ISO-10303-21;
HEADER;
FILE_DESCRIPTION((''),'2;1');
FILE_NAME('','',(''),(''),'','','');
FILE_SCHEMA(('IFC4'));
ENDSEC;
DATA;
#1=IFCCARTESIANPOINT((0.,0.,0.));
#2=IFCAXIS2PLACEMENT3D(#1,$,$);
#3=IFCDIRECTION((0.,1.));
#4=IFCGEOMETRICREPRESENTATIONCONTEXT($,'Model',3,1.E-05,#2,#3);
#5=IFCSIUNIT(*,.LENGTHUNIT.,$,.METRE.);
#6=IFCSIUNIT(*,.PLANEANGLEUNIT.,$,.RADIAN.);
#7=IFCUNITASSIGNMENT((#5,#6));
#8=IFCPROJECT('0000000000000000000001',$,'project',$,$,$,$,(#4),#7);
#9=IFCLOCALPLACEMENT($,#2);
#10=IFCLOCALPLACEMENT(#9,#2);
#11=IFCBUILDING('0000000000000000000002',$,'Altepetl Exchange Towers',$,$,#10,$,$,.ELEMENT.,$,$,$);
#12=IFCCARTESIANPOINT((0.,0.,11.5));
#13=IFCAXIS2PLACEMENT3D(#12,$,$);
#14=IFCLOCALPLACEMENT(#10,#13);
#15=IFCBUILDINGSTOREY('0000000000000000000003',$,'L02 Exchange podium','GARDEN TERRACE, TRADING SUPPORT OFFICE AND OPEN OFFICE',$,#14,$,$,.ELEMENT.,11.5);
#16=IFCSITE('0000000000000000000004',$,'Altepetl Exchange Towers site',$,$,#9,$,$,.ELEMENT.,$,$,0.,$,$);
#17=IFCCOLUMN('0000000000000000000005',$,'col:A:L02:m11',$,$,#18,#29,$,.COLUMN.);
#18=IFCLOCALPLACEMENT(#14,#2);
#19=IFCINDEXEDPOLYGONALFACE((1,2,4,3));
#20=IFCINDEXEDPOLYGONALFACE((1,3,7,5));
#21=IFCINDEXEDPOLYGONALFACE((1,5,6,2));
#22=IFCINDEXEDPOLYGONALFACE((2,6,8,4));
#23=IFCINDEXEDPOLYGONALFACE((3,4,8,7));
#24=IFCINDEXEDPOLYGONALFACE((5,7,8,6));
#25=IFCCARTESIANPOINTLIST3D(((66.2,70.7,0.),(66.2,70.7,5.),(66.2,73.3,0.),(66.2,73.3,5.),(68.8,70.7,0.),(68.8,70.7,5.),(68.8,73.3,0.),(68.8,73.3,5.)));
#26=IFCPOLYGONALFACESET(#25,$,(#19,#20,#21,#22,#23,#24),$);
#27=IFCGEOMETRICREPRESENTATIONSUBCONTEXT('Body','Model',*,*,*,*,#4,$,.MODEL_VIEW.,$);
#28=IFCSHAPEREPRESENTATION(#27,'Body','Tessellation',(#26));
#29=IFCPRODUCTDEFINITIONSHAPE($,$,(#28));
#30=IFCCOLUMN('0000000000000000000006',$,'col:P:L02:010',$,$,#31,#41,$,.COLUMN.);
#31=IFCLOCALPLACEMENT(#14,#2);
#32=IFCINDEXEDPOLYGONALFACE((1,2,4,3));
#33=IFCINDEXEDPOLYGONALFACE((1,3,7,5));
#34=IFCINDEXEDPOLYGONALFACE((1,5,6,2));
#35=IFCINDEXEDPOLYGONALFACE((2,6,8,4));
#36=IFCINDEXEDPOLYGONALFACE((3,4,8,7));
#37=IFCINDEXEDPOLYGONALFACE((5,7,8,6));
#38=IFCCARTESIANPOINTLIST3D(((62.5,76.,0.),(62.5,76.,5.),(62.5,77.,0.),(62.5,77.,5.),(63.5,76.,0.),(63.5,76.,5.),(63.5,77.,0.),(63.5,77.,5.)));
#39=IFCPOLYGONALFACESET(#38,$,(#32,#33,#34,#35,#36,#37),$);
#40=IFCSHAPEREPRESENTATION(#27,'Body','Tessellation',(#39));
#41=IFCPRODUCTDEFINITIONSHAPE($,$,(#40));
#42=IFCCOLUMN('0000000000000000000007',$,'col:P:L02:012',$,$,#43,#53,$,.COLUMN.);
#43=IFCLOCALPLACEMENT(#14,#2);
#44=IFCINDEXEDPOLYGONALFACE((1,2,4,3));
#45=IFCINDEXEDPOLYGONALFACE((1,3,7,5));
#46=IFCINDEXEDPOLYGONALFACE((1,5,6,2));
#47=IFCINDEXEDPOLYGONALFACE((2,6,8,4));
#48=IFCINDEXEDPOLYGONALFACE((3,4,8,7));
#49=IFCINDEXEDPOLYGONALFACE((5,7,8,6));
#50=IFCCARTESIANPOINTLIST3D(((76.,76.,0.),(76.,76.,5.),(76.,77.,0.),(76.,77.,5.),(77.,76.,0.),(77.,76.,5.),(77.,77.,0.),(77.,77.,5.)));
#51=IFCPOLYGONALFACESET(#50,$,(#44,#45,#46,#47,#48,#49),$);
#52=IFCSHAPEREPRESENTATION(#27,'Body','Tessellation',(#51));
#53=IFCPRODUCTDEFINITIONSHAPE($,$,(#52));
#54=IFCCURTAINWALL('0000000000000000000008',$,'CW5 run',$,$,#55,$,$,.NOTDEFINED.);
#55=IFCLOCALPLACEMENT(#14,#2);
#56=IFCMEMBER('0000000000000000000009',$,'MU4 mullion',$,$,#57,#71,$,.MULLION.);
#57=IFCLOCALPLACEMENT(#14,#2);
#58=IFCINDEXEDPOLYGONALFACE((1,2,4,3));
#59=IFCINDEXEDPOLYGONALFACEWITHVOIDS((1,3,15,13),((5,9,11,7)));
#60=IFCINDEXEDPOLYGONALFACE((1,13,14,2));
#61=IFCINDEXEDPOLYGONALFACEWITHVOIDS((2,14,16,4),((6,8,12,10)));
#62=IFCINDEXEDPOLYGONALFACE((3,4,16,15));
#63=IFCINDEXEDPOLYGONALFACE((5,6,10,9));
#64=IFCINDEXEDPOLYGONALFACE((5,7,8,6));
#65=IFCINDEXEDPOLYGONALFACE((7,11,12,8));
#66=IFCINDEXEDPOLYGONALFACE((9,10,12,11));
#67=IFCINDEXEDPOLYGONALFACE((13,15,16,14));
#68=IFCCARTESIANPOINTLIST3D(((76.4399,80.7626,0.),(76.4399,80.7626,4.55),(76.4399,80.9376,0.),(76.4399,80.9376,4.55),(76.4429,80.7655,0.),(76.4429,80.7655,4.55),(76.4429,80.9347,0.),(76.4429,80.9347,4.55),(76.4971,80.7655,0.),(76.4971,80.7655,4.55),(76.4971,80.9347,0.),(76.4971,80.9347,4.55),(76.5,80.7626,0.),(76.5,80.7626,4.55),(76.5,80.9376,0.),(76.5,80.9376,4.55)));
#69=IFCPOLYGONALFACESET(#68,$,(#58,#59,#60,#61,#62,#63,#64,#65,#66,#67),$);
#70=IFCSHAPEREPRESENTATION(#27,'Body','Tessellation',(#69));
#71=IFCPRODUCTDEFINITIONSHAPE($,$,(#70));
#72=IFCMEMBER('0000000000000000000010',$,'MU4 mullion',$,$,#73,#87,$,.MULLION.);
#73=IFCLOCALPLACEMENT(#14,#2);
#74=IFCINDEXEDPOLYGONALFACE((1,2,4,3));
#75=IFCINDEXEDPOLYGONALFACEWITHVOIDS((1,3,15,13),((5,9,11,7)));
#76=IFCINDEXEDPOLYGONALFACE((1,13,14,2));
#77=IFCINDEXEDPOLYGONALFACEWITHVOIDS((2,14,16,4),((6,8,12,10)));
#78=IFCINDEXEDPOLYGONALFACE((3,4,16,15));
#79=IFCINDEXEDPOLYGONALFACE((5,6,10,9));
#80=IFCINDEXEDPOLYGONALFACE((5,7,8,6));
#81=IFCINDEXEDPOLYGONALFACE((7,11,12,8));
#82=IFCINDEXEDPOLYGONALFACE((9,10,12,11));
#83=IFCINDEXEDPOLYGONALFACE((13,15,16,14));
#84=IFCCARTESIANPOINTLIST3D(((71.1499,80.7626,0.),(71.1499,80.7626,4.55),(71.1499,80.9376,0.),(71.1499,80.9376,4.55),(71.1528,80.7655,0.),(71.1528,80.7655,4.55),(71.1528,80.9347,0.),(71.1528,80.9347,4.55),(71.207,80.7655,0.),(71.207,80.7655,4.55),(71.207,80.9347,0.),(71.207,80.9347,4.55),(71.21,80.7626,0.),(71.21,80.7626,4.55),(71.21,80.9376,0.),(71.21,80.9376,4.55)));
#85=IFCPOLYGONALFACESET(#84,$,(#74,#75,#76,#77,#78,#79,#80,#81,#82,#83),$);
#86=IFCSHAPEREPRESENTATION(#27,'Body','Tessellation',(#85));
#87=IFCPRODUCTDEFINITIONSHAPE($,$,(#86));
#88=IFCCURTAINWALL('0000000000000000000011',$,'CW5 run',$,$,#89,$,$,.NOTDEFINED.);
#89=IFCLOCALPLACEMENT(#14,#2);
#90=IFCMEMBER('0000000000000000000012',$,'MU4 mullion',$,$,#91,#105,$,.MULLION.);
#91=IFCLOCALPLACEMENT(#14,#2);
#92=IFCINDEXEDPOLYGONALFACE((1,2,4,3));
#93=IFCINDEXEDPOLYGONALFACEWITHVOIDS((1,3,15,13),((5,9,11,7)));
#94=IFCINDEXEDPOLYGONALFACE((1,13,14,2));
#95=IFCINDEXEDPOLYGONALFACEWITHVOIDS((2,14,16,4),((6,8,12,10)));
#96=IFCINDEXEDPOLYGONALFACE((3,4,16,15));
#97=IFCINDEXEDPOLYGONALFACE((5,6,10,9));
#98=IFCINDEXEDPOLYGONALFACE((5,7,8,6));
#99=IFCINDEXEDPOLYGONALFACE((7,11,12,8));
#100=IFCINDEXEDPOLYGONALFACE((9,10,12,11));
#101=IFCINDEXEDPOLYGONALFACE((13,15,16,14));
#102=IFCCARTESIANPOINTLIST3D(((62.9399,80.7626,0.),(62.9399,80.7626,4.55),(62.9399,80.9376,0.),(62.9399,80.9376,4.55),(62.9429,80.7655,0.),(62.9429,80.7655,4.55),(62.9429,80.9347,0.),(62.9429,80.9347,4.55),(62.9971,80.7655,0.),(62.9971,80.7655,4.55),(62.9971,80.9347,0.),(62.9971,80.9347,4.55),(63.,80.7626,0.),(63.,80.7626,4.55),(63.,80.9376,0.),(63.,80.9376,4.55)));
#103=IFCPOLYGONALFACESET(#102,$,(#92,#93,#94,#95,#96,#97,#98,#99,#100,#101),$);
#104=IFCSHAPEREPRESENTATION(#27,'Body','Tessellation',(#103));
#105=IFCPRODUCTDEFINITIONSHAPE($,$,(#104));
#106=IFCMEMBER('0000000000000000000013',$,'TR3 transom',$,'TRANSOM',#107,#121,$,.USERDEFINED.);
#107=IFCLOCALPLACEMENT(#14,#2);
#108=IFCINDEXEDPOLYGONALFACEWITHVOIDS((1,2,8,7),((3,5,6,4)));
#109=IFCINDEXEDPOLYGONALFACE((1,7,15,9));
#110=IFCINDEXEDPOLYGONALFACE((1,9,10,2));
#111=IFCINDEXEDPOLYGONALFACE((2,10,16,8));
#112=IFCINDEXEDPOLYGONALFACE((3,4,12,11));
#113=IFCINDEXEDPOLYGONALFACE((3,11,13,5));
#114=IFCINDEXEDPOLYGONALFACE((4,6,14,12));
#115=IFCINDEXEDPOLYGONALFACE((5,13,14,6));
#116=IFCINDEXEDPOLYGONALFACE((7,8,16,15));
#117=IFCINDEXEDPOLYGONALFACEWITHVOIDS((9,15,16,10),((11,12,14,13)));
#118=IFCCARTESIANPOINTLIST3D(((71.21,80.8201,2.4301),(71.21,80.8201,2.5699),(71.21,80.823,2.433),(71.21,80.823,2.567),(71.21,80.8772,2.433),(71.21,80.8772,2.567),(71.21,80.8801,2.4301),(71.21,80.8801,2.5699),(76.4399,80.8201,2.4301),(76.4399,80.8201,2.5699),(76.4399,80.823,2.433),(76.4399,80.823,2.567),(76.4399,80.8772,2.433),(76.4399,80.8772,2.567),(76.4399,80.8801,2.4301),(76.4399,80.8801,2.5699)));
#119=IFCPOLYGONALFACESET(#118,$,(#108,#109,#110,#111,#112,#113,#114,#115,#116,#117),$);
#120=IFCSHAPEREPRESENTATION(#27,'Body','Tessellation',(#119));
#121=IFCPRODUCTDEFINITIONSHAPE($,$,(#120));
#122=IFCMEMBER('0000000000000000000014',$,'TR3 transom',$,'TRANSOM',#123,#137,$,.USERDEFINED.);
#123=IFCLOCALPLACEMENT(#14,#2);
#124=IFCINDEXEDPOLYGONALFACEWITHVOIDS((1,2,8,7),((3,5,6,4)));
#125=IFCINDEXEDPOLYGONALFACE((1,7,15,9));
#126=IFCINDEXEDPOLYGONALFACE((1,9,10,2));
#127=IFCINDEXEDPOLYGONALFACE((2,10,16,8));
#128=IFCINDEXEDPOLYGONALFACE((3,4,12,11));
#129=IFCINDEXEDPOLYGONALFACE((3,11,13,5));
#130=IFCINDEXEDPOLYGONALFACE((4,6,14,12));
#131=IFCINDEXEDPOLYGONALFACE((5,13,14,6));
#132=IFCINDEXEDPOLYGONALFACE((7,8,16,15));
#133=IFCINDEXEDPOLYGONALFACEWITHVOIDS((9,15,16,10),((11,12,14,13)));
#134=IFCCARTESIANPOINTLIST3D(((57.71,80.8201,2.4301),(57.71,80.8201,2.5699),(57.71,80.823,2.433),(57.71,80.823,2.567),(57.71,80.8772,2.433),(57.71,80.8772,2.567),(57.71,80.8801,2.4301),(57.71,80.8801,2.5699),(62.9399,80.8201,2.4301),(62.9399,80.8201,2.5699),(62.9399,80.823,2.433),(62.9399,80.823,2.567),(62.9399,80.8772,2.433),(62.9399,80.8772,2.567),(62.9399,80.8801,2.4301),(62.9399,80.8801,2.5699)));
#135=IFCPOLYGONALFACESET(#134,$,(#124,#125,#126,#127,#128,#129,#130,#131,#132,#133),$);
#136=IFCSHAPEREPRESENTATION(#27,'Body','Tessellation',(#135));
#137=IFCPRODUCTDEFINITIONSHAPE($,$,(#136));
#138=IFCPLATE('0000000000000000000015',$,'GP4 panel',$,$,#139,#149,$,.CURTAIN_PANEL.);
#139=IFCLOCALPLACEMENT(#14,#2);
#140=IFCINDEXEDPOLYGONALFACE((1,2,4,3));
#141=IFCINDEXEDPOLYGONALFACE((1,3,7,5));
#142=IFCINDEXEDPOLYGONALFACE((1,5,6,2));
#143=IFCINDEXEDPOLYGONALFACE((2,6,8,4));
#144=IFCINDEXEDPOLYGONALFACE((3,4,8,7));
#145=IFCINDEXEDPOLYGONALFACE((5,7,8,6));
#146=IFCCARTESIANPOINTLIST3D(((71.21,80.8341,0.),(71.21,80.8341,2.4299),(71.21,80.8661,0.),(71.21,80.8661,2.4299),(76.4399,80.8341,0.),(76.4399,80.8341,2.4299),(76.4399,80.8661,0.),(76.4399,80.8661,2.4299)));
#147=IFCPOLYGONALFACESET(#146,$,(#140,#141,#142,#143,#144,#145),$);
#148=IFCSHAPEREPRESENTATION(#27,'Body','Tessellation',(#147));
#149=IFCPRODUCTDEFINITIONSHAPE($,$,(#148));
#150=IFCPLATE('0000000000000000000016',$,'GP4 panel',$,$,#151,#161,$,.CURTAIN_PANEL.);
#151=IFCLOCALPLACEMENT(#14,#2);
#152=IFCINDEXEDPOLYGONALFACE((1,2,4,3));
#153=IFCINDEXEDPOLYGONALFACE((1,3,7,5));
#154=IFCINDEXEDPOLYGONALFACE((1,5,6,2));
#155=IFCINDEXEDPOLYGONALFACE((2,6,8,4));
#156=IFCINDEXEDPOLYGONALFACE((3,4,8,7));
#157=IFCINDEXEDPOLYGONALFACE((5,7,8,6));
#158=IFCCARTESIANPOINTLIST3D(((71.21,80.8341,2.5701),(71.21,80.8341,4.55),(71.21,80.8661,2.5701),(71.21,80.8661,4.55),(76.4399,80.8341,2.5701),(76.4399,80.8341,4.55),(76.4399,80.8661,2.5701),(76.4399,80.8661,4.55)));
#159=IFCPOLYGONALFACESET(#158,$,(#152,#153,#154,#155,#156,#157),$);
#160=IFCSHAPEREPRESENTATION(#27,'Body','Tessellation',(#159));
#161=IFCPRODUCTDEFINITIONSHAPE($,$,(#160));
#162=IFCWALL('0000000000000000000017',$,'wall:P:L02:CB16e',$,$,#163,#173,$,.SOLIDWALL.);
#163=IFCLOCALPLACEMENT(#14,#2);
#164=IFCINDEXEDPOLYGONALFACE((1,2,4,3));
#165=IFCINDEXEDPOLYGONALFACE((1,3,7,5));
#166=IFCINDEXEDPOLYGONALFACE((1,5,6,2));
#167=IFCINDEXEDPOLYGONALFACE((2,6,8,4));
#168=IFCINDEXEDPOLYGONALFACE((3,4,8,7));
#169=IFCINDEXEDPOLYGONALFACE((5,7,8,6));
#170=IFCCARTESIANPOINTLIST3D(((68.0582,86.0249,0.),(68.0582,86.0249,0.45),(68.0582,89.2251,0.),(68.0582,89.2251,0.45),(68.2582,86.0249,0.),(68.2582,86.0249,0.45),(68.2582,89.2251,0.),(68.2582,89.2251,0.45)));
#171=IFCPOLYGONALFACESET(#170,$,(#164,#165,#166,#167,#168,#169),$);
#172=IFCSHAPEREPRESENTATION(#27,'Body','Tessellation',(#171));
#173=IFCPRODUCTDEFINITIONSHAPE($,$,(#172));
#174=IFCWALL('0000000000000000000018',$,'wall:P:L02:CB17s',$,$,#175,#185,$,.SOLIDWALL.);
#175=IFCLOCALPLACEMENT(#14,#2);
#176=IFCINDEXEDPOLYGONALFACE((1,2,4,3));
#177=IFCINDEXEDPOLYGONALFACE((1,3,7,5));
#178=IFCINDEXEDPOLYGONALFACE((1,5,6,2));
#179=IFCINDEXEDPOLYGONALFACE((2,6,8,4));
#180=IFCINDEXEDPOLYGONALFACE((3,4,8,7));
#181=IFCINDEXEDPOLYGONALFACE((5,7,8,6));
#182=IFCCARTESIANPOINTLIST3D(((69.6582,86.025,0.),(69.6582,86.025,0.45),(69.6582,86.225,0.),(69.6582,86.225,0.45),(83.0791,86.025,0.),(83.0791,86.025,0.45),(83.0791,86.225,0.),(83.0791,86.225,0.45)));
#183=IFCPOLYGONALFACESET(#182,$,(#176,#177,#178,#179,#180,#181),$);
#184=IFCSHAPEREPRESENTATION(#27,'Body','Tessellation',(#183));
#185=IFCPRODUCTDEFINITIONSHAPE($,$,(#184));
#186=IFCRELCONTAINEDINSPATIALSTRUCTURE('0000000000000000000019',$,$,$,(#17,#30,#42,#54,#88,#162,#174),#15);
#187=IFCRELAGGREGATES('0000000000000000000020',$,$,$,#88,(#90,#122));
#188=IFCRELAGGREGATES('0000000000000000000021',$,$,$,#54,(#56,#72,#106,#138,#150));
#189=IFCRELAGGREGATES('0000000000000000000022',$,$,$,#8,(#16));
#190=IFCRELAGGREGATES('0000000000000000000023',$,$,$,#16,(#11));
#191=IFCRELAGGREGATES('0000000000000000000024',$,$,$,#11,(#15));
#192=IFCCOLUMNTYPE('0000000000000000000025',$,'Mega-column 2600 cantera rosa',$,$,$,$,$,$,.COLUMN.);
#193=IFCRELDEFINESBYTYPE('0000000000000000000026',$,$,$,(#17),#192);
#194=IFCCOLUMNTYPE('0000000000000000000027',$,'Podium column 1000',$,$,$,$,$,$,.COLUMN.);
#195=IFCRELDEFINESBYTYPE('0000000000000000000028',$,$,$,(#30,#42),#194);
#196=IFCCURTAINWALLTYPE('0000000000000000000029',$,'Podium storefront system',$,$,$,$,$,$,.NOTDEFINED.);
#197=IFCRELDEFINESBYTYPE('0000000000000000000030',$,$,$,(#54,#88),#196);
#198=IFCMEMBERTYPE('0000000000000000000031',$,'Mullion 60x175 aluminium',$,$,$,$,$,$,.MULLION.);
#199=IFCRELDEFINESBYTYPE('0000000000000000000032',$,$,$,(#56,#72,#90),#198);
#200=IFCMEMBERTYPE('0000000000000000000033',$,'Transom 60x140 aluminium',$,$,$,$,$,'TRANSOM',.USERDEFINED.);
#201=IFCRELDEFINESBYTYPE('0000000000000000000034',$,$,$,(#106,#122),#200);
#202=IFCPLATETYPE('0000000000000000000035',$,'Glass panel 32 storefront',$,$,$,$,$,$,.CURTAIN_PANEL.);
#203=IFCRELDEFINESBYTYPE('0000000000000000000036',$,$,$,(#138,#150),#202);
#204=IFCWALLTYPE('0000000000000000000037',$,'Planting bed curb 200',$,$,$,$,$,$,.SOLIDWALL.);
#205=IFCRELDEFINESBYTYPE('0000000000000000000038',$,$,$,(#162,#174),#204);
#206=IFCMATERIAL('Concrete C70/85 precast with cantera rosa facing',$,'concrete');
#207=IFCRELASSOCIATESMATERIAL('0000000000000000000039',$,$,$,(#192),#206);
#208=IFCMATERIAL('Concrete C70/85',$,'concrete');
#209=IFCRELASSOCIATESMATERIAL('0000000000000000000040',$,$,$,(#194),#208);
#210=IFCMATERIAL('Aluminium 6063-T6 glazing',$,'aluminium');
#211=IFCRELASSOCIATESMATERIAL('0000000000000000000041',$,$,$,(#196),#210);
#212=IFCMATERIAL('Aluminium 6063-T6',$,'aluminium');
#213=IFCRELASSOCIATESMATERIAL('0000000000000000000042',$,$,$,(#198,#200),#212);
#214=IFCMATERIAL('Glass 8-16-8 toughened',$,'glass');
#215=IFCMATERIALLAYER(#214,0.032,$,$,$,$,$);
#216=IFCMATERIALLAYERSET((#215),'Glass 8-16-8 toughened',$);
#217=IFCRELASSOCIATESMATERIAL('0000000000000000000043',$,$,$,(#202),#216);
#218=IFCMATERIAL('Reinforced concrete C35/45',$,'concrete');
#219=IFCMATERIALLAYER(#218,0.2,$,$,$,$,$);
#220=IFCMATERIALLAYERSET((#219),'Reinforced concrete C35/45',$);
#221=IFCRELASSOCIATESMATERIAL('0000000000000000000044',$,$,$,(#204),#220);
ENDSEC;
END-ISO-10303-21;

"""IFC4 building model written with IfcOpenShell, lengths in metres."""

from ifc_helpers import new_model, si_unit, direction, frame, frame_2d, origin, origin_2d, place, context, subcontext, project, spatial, rectangle, hollow_rectangle, extrude, material, layer, layer_set, material_profile, profile_set, type_object, element, aggregate, save


model = new_model("IFC4")

# Units and contexts
model_context = context("Model", 3, precision=1e-05, world=origin(), true_north=direction((0.0, 1.0)))
body_context = subcontext(model_context, "Body", "Model", "MODEL_VIEW")
ifc_project = project(units=[si_unit("LENGTHUNIT", "METRE"), si_unit("PLANEANGLEUNIT", "RADIAN")], contexts=[model_context])

# Site, building, storey
site_placement = place(None, origin())
site = spatial("IfcSite", under=ifc_project, at=site_placement, Name="Altepetl Exchange Towers site", CompositionType="ELEMENT", RefElevation=0.0)
building_placement = place(site_placement, origin())
building = spatial("IfcBuilding", under=site, at=building_placement, Name="Altepetl Exchange Towers", CompositionType="ELEMENT")
storey_placement = place(building_placement, frame((0.0, 0.0, 11.5)))
storey = spatial("IfcBuildingStorey", under=building, at=storey_placement, Name="L02 Exchange podium", Description="GARDEN TERRACE, TRADING SUPPORT OFFICE AND OPEN OFFICE", CompositionType="ELEMENT", Elevation=11.5)

# Columns
ifc_material_1 = material(Name="Concrete C70/85 precast with cantera rosa facing", Category="concrete")
ifc_material_profile_1 = material_profile(ifc_material_1, rectangle(XDim=2.6001, YDim=2.6001, at=origin_2d()), Name="2600 x 2600")
ifc_profile_set_1 = profile_set([ifc_material_profile_1], Name="Concrete C70/85 precast with cantera rosa facing")
column_type_1 = type_object("IfcColumnType", Name="Mega-column 2600 cantera rosa", PredefinedType="COLUMN", material=ifc_profile_set_1)
column_placement = place(storey_placement, frame((67.5, 72.0, 0.0)))
element("IfcColumn", 1, at=column_placement, inside=storey, type_object=column_type_1, Name="col:A:L02:m11", PredefinedType="COLUMN", context=body_context, shape_type="SweptSolid", body=[
    extrude(rectangle(XDim=2.6001, YDim=2.6001, at=origin_2d()), origin(), (0.0, 0.0, 1.0), 5.0),
])
ifc_material_2 = material(Name="Concrete C70/85", Category="concrete")
ifc_material_profile_2 = material_profile(ifc_material_2, rectangle(XDim=1.0, YDim=1.0, at=origin_2d()), Name="1000 x 1000")
ifc_profile_set_2 = profile_set([ifc_material_profile_2], Name="Concrete C70/85")
column_type_2 = type_object("IfcColumnType", Name="Podium column 1000", PredefinedType="COLUMN", material=ifc_profile_set_2)
for number, where, name in (
    (2, (63.0, 76.5, 0.0), "col:P:L02:010"),
    (3, (76.5, 76.5, 0.0), "col:P:L02:012"),
):
    element("IfcColumn", number, at=place(storey_placement, frame(where)), inside=storey, type_object=column_type_2, Name=name, PredefinedType="COLUMN", context=body_context, shape_type="SweptSolid", body=[
        extrude(rectangle(XDim=1.0, YDim=1.0, at=origin_2d()), origin(), (0.0, 0.0, 1.0), 5.0),
    ])

# Curtain wall, members
ifc_material_3 = material(Name="Aluminium 6063-T6 glazing", Category="aluminium")
curtain_wall_type = type_object("IfcCurtainWallType", Name="Podium storefront system", PredefinedType="NOTDEFINED", material=ifc_material_3)
curtain_wall_1_placement = place(storey_placement, origin())
curtain_wall_1 = element("IfcCurtainWall", 4, at=curtain_wall_1_placement, inside=storey, type_object=curtain_wall_type, Name="CW5 run", PredefinedType="NOTDEFINED")
ifc_material_4 = material(Name="Aluminium 6063-T6", Category="aluminium")
ifc_material_profile_3 = material_profile(ifc_material_4, hollow_rectangle(XDim=0.0601, YDim=0.175, WallThickness=0.0029, at=origin_2d()), Name="Mullion 60x175 aluminium")
ifc_profile_set_3 = profile_set([ifc_material_profile_3], Name="Aluminium 6063-T6")
member_type_1 = type_object("IfcMemberType", Name="Mullion 60x175 aluminium", PredefinedType="MULLION", material=ifc_profile_set_3)
member_1_placement = place(storey_placement, frame((76.47, 80.8501, 0.0), z_axis=(0.0, 0.0, 1.0), x_axis=(-1.0, 0.0, 0.0)))
member_1 = element("IfcMember", 5, at=member_1_placement, type_object=member_type_1, Name="MU4 mullion", PredefinedType="MULLION", context=body_context, shape_type="SweptSolid", body=[
    extrude(hollow_rectangle(XDim=0.0601, YDim=0.175, WallThickness=0.0029, at=origin_2d()), origin(), (0.0, 0.0, 1.0), 4.55),
])
member_2_placement = place(storey_placement, frame((71.1799, 80.8501, 0.0), z_axis=(0.0, 0.0, 1.0), x_axis=(-1.0, 0.0, 0.0)))
member_2 = element("IfcMember", 6, at=member_2_placement, type_object=member_type_1, Name="MU4 mullion", PredefinedType="MULLION", context=body_context, shape_type="SweptSolid", body=[
    extrude(hollow_rectangle(XDim=0.0601, YDim=0.175, WallThickness=0.0029, at=origin_2d()), origin(), (0.0, 0.0, 1.0), 4.55),
])

# Curtain wall, member
curtain_wall_2_placement = place(storey_placement, origin())
curtain_wall_2 = element("IfcCurtainWall", 7, at=curtain_wall_2_placement, inside=storey, type_object=curtain_wall_type, Name="CW5 run", PredefinedType="NOTDEFINED")
member_3_placement = place(storey_placement, frame((62.97, 80.8501, 0.0), z_axis=(0.0, 0.0, 1.0), x_axis=(-1.0, 0.0, 0.0)))
member_3 = element("IfcMember", 8, at=member_3_placement, type_object=member_type_1, Name="MU4 mullion", PredefinedType="MULLION", context=body_context, shape_type="SweptSolid", body=[
    extrude(hollow_rectangle(XDim=0.0601, YDim=0.175, WallThickness=0.0029, at=origin_2d()), origin(), (0.0, 0.0, 1.0), 4.55),
])

# Members
ifc_material_profile_4 = material_profile(ifc_material_4, hollow_rectangle(XDim=0.0601, YDim=0.1399, WallThickness=0.0029, at=origin_2d()), Name="Transom 60x140 aluminium")
ifc_profile_set_4 = profile_set([ifc_material_profile_4], Name="Aluminium 6063-T6")
member_type_2 = type_object("IfcMemberType", Name="Transom 60x140 aluminium", ElementType="TRANSOM", PredefinedType="USERDEFINED", material=ifc_profile_set_4)
member_4_placement = place(storey_placement, frame((76.4399, 80.8501, 2.5), z_axis=(-1.0, 0.0, 0.0), x_axis=(0.0, -1.0, 0.0)))
member_4 = element("IfcMember", 9, at=member_4_placement, type_object=member_type_2, Name="TR3 transom", ObjectType="TRANSOM", PredefinedType="USERDEFINED", context=body_context, shape_type="SweptSolid", body=[
    extrude(hollow_rectangle(XDim=0.0601, YDim=0.1399, WallThickness=0.0029, at=origin_2d()), origin(), (0.0, 0.0, 1.0), 5.23),
])
member_5_placement = place(storey_placement, frame((62.9399, 80.8501, 2.5), z_axis=(-1.0, 0.0, 0.0), x_axis=(0.0, -1.0, 0.0)))
member_5 = element("IfcMember", 10, at=member_5_placement, type_object=member_type_2, Name="TR3 transom", ObjectType="TRANSOM", PredefinedType="USERDEFINED", context=body_context, shape_type="SweptSolid", body=[
    extrude(hollow_rectangle(XDim=0.0601, YDim=0.1399, WallThickness=0.0029, at=origin_2d()), origin(), (0.0, 0.0, 1.0), 5.23),
])
aggregate(curtain_wall_2, [member_3, member_5])

# Plates
ifc_material_5 = material(Name="Glass 8-16-8 toughened", Category="glass")
ifc_layer_1 = layer(ifc_material_5, 0.032)
ifc_layer_set_1 = layer_set([ifc_layer_1], Name="Glass 8-16-8 toughened")
plate_type = type_object("IfcPlateType", Name="Glass panel 32 storefront", PredefinedType="CURTAIN_PANEL", material=ifc_layer_set_1)
plate_1_placement = place(storey_placement, frame((73.825, 80.8501, 0.0), z_axis=(0.0, 0.0, 1.0), x_axis=(-1.0, 0.0, 0.0)))
plate_1 = element("IfcPlate", 11, at=plate_1_placement, type_object=plate_type, Name="GP4 panel", PredefinedType="CURTAIN_PANEL", context=body_context, shape_type="SweptSolid", body=[
    extrude(rectangle(XDim=5.23, YDim=0.032, at=origin_2d()), origin(), (0.0, 0.0, 1.0), 2.4299),
])
plate_2_placement = place(storey_placement, frame((73.825, 80.8501, 2.5701), z_axis=(0.0, 0.0, 1.0), x_axis=(-1.0, 0.0, 0.0)))
plate_2 = element("IfcPlate", 12, at=plate_2_placement, type_object=plate_type, Name="GP4 panel", PredefinedType="CURTAIN_PANEL", context=body_context, shape_type="SweptSolid", body=[
    extrude(rectangle(XDim=5.23, YDim=0.032, at=origin_2d()), origin(), (0.0, 0.0, 1.0), 1.98),
])
aggregate(curtain_wall_1, [member_1, member_2, member_4, plate_1, plate_2])

# Walls
ifc_material_6 = material(Name="Reinforced concrete C35/45", Category="concrete")
ifc_layer_2 = layer(ifc_material_6, 0.2)
ifc_layer_set_2 = layer_set([ifc_layer_2], Name="Reinforced concrete C35/45")
wall_type_1 = type_object("IfcWallType", Name="Planting bed curb 200", PredefinedType="SOLIDWALL", material=ifc_layer_set_2)
wall_1_placement = place(storey_placement, frame((68.1582, 86.0249, 0.0), z_axis=(0.0, 0.0, 1.0), x_axis=(0.0, 1.0, 0.0)))
element("IfcWall", 13, at=wall_1_placement, inside=storey, type_object=wall_type_1, Name="wall:P:L02:CB16e", PredefinedType="SOLIDWALL", context=body_context, shape_type="SweptSolid", body=[
    extrude(rectangle(XDim=3.2002, YDim=0.2, at=frame_2d((1.6001, 0.0))), origin(), (0.0, 0.0, 1.0), 0.45),
])
wall_2_placement = place(storey_placement, frame((69.6582, 86.125, 0.0)))
element("IfcWall", 14, at=wall_2_placement, inside=storey, type_object=wall_type_1, Name="wall:P:L02:CB17s", PredefinedType="SOLIDWALL", context=body_context, shape_type="SweptSolid", body=[
    extrude(rectangle(XDim=13.4209, YDim=0.2, at=frame_2d((6.7104, 0.0))), origin(), (0.0, 0.0, 1.0), 0.45),
])

save(model, "model.ifc")
